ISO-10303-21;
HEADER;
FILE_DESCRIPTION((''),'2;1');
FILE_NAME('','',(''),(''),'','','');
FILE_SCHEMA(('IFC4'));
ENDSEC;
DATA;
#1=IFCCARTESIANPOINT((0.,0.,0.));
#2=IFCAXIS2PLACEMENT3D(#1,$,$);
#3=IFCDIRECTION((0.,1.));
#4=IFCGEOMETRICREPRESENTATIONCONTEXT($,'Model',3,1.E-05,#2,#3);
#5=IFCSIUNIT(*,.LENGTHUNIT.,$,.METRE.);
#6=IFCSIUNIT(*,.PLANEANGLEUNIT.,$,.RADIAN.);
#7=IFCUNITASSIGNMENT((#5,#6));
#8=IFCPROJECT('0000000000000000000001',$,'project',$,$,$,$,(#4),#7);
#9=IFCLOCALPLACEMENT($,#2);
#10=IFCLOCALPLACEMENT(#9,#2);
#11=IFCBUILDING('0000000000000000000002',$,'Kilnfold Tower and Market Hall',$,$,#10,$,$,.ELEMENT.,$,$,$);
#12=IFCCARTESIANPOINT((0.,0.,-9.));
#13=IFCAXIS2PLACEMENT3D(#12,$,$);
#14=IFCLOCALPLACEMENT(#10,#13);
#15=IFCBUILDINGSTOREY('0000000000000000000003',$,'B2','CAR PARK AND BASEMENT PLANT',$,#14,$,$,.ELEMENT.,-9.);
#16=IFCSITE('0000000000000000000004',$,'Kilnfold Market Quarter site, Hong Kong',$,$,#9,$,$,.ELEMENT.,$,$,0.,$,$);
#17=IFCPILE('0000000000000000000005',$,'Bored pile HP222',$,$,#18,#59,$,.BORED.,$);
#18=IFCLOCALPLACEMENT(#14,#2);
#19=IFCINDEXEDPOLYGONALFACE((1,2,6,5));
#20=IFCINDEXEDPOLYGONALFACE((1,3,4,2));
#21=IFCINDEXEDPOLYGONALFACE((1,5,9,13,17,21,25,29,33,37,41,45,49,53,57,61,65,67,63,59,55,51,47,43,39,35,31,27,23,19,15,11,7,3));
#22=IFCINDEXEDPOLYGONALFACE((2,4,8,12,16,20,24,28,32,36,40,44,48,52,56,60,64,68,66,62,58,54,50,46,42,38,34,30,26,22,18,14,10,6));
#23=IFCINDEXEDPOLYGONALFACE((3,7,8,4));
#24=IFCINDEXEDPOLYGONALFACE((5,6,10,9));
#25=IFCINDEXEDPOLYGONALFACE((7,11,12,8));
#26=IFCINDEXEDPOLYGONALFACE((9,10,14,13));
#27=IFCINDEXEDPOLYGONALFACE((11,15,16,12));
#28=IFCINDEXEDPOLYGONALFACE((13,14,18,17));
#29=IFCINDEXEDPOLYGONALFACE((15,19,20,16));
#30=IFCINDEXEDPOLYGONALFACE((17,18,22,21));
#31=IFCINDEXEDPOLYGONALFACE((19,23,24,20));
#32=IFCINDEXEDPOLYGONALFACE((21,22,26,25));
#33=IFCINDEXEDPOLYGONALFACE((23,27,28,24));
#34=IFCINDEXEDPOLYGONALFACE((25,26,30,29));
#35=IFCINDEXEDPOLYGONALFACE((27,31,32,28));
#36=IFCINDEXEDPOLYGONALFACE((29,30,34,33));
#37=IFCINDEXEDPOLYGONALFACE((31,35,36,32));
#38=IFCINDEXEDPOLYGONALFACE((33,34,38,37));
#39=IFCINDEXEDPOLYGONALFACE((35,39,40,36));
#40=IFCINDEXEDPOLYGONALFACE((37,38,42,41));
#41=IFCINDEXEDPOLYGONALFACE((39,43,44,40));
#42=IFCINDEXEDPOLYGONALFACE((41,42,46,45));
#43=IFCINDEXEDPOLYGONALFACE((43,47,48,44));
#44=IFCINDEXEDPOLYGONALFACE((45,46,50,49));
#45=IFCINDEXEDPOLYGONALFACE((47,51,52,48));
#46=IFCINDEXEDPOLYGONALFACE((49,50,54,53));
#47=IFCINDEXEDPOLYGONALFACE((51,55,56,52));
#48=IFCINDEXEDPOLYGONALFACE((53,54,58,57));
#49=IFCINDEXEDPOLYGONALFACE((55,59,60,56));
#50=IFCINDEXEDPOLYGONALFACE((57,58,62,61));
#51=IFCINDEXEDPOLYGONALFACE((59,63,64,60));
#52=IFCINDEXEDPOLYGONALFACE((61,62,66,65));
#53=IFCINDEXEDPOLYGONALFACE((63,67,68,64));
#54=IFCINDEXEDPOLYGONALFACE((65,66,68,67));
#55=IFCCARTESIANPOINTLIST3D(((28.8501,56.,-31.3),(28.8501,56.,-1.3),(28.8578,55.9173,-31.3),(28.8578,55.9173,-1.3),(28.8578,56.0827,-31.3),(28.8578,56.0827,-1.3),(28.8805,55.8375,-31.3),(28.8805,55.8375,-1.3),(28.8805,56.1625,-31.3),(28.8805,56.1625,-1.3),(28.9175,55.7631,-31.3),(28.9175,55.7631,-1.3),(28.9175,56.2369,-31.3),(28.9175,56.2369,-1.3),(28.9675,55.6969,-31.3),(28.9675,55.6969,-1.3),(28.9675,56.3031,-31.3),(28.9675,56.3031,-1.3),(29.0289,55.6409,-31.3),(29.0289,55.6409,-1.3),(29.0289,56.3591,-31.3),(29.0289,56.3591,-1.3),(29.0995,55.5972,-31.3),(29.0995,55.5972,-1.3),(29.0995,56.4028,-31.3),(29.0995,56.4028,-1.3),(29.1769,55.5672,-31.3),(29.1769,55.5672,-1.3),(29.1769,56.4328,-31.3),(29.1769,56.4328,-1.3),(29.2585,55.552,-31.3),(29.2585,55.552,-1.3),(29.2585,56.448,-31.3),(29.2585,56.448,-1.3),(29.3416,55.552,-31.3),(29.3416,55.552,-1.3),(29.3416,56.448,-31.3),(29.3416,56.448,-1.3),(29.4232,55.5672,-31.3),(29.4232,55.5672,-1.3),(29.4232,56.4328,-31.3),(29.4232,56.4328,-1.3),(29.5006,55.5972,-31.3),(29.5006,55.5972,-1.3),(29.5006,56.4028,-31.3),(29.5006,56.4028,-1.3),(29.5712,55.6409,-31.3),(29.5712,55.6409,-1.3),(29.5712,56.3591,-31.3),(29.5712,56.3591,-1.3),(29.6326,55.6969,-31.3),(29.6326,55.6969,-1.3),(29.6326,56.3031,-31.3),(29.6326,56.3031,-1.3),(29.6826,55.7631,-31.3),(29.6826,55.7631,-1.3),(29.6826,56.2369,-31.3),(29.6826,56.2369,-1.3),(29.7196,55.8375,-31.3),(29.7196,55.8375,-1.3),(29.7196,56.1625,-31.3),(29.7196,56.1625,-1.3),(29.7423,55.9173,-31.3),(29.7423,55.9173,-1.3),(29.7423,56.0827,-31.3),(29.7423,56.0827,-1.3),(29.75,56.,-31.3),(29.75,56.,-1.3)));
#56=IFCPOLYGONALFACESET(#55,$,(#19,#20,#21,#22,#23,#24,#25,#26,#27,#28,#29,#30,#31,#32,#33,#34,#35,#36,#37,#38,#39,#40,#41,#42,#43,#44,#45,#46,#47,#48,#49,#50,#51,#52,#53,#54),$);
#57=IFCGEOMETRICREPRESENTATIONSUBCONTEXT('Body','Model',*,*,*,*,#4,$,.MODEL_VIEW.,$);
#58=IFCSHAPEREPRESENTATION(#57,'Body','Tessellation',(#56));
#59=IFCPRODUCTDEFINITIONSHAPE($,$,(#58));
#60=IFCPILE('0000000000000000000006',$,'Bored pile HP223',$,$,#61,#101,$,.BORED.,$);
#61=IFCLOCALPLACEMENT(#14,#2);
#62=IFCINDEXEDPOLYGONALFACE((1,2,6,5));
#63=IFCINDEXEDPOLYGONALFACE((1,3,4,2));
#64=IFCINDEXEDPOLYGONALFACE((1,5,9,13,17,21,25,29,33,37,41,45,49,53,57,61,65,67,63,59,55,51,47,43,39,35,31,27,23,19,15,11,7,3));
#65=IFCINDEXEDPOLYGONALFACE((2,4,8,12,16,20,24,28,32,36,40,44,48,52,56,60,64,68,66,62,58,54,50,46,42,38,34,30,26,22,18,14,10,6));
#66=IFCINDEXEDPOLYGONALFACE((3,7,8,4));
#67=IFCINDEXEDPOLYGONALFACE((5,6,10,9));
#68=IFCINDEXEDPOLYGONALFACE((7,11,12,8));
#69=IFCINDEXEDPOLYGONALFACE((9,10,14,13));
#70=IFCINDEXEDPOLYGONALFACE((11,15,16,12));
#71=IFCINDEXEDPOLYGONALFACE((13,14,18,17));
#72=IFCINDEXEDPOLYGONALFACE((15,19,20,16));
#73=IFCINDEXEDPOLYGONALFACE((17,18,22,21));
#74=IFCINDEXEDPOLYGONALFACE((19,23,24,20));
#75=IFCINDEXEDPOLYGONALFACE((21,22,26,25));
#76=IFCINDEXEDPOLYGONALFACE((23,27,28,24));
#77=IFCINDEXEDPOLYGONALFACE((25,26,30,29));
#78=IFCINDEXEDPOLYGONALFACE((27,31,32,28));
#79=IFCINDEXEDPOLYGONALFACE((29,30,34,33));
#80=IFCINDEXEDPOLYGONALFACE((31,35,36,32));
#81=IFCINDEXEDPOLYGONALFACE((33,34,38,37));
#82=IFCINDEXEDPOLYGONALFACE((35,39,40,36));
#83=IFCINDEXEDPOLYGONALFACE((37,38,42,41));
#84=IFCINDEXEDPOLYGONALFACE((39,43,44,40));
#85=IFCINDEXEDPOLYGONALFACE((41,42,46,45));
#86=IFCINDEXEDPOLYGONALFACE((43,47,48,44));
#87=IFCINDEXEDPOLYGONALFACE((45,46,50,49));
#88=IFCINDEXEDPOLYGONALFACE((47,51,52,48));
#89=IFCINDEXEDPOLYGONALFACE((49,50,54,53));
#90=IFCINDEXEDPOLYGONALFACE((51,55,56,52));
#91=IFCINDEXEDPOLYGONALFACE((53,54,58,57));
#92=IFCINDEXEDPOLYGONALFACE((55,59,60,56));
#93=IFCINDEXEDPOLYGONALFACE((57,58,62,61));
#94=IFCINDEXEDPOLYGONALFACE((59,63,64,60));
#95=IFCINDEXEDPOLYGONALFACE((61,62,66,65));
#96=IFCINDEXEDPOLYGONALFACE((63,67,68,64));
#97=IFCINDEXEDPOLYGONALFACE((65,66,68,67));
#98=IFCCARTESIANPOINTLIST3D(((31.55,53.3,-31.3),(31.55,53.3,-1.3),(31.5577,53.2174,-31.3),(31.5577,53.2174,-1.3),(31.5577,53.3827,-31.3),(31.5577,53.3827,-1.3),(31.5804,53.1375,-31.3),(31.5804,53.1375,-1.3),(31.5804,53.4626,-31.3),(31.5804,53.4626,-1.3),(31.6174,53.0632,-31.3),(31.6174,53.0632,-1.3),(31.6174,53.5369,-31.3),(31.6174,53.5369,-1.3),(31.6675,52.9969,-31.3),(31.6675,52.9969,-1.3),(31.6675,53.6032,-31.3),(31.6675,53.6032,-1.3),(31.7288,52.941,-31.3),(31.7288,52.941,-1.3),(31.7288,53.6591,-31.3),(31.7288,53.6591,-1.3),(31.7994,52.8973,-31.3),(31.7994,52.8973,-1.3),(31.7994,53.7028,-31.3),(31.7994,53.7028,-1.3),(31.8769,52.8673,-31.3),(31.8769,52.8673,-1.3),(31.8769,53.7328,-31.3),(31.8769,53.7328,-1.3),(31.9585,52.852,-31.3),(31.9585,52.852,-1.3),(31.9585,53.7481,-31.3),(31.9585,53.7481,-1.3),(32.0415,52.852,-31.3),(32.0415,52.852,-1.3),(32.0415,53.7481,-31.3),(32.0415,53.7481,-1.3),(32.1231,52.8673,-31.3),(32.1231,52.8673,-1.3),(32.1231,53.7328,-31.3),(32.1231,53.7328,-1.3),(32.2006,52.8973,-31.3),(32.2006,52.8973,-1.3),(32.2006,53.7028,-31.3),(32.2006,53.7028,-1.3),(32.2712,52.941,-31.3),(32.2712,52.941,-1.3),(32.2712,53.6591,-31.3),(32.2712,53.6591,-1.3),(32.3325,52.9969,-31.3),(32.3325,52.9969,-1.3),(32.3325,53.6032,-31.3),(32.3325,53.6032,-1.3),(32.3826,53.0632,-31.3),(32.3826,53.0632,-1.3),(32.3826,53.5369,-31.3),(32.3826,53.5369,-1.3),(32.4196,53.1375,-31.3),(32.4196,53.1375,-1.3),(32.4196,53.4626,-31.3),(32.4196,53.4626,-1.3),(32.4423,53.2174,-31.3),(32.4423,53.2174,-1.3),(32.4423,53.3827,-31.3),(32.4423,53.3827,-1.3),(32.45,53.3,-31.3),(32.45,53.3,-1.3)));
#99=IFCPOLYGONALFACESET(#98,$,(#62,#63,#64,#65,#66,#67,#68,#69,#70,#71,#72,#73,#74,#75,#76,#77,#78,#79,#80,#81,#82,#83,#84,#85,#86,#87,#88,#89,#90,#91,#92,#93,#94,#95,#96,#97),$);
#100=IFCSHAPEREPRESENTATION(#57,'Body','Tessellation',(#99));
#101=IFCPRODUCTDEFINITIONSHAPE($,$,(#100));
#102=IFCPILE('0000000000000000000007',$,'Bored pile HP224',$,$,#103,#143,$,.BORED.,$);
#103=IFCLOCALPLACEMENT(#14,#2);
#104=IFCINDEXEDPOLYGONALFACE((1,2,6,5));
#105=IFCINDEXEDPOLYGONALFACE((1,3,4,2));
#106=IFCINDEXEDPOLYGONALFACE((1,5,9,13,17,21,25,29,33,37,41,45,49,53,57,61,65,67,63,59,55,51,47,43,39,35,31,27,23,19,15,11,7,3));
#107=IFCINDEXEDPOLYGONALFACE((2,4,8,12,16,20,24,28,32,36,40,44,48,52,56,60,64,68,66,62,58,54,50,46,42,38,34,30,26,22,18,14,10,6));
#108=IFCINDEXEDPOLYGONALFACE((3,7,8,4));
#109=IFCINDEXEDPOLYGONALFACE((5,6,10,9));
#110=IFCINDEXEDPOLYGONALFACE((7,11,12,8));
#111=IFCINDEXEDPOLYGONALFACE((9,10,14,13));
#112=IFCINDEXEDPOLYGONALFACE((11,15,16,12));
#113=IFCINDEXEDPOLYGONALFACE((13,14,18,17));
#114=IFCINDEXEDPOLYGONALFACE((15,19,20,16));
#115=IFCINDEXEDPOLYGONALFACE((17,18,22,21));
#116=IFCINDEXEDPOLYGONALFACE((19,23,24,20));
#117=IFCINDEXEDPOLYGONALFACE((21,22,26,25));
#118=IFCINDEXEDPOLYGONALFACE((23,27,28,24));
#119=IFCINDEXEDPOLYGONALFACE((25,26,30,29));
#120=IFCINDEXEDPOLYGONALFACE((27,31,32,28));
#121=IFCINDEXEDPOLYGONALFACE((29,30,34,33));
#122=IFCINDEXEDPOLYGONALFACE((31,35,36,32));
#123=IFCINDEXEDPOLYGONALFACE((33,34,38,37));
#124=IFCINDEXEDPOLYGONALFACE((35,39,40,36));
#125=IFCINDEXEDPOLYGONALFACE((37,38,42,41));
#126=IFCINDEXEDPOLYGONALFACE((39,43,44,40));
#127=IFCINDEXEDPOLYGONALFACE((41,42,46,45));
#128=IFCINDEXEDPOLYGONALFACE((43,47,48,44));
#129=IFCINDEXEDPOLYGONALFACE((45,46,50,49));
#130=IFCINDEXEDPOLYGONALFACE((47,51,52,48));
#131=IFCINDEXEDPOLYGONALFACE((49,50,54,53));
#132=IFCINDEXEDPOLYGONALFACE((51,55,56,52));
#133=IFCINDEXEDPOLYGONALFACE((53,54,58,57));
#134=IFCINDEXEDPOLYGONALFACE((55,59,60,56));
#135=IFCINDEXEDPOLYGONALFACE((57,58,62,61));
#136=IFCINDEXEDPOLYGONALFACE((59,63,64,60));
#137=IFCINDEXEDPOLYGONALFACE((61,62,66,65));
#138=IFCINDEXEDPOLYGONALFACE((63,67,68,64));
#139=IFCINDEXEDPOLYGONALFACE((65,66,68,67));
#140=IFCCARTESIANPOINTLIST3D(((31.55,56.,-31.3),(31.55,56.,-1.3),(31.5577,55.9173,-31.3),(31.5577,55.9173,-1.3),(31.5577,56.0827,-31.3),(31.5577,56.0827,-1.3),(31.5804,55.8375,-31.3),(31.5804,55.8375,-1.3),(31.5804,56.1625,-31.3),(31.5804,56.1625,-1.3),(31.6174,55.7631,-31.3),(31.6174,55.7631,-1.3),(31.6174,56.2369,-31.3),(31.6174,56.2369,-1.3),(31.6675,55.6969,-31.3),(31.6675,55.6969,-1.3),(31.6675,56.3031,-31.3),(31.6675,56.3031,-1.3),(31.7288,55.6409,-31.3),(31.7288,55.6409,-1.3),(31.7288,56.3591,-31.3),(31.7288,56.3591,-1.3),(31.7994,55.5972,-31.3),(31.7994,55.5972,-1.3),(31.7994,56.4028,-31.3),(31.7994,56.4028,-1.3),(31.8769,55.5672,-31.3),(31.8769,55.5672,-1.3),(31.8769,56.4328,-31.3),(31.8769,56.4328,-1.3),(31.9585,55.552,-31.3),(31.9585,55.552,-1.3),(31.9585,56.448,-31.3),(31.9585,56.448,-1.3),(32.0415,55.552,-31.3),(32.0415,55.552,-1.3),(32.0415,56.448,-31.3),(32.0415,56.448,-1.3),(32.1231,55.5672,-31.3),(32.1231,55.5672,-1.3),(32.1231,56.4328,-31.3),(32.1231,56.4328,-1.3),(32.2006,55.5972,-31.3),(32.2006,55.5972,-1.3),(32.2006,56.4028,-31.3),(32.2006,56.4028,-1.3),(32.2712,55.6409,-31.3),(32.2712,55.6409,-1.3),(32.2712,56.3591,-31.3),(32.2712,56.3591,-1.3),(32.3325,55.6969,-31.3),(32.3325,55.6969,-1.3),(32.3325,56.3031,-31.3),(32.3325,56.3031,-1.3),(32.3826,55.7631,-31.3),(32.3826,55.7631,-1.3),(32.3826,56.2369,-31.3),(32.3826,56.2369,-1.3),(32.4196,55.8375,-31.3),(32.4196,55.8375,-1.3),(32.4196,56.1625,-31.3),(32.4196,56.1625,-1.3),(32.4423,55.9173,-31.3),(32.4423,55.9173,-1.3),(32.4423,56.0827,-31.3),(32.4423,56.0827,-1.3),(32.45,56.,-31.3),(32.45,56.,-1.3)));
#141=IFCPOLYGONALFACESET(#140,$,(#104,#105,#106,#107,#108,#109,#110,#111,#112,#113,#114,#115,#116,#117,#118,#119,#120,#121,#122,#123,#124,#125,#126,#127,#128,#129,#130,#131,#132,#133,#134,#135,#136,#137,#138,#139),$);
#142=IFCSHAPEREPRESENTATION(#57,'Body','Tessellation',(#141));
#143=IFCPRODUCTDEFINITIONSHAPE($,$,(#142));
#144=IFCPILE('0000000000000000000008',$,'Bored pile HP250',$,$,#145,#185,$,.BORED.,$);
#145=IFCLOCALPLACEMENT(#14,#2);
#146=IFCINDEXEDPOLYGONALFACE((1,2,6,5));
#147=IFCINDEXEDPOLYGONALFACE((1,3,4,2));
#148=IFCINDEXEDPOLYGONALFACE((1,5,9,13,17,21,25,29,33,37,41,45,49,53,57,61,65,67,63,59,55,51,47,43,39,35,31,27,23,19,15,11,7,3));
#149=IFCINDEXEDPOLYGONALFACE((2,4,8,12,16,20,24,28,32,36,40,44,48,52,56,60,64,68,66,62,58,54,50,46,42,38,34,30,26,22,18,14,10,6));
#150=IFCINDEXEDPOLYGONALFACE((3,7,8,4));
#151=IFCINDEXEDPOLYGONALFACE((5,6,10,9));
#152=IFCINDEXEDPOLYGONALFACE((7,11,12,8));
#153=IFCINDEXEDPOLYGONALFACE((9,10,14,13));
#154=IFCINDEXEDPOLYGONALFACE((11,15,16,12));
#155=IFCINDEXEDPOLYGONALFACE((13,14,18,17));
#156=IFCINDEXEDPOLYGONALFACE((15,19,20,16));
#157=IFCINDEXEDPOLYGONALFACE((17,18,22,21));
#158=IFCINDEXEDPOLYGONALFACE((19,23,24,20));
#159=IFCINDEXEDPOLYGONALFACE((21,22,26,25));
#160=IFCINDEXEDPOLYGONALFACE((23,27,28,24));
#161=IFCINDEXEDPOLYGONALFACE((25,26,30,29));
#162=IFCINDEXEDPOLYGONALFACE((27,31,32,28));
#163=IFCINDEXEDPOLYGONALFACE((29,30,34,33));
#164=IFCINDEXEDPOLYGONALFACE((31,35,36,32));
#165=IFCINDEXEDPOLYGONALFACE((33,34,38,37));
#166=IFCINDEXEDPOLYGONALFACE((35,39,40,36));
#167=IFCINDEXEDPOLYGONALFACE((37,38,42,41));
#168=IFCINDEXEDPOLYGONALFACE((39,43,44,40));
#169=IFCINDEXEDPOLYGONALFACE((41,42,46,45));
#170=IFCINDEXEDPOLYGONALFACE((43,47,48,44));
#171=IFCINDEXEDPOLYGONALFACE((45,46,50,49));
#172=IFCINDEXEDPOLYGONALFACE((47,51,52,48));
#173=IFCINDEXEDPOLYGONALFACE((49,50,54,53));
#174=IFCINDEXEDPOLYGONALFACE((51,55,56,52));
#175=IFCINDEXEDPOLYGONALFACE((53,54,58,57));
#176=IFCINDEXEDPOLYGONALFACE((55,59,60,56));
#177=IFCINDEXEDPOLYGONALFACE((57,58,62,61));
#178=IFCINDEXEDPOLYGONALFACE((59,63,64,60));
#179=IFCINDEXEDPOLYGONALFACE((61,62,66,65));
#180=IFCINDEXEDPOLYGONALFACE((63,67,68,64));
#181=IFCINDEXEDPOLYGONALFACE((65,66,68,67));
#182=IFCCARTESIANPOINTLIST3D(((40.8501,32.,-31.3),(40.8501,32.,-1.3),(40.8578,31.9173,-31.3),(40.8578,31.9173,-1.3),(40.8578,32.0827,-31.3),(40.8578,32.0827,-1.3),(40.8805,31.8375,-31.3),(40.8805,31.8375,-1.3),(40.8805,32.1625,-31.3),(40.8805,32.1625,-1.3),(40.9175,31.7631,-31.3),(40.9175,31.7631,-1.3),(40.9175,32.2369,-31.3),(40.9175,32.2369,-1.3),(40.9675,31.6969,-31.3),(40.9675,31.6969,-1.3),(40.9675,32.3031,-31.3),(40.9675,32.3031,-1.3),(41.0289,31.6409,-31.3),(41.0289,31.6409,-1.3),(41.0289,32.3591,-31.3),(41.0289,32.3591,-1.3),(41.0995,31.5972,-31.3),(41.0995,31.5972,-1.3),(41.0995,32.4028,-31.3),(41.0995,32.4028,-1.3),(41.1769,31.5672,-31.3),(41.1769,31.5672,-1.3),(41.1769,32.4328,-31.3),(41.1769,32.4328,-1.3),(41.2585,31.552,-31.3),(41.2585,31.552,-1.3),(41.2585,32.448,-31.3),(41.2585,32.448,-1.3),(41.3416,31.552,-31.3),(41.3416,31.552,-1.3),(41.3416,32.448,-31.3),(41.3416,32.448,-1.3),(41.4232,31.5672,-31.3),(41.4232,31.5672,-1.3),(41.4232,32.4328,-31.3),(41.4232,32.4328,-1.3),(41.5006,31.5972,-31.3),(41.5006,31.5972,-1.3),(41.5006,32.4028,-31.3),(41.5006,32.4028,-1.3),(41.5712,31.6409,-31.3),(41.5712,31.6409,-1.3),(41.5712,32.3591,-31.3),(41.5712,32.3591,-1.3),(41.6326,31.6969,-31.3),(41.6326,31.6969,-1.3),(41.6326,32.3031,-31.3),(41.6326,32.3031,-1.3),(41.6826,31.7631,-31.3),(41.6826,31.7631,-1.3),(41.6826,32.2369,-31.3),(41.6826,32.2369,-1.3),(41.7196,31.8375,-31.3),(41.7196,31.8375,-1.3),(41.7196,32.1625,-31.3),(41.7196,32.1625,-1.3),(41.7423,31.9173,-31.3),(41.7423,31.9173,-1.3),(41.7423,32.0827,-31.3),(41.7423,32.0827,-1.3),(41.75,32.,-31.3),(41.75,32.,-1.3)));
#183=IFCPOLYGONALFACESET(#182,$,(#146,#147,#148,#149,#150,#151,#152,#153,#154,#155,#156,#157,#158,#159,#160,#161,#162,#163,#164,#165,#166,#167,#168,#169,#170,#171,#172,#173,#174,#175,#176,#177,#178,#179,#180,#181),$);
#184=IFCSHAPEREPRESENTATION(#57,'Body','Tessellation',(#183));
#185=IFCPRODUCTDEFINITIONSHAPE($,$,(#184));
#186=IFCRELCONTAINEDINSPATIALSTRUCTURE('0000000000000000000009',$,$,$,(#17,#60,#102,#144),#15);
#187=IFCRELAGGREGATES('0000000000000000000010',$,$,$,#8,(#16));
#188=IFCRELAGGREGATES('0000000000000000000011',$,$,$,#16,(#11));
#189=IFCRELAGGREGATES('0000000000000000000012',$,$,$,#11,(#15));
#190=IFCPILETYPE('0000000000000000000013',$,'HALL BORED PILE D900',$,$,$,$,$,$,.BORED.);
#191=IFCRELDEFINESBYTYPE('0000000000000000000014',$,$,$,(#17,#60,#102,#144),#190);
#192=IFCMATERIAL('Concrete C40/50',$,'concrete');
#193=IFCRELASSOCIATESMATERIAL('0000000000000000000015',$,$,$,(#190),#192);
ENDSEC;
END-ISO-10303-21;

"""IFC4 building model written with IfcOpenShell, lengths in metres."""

from ifc_helpers import new_model, si_unit, direction, frame, origin, origin_2d, place, context, subcontext, project, spatial, circle, extrude, source, transform, mapped, material, material_profile, profile_set, type_object, element, save


model = new_model("IFC4")

# Units and contexts
model_context = context("Model", 3, precision=1e-05, world=origin(), true_north=direction((0.0, 1.0)))
body_context = subcontext(model_context, "Body", "Model", "MODEL_VIEW")
ifc_project = project(units=[si_unit("LENGTHUNIT", "METRE"), si_unit("PLANEANGLEUNIT", "RADIAN")], contexts=[model_context])

# Site, building, storey
site_placement = place(None, origin())
site = spatial("IfcSite", under=ifc_project, at=site_placement, Name="Kilnfold Market Quarter site, Hong Kong", CompositionType="ELEMENT", RefElevation=0.0)
building_placement = place(site_placement, origin())
building = spatial("IfcBuilding", under=site, at=building_placement, Name="Kilnfold Tower and Market Hall", CompositionType="ELEMENT")
storey_placement = place(building_placement, frame((0.0, 0.0, -9.0)))
storey = spatial("IfcBuildingStorey", under=building, at=storey_placement, Name="B2", Description="CAR PARK AND BASEMENT PLANT", CompositionType="ELEMENT", Elevation=-9.0)

# Piles
ifc_material_1 = material(Name="Concrete C40/50", Category="concrete")
ifc_material_profile_1 = material_profile(ifc_material_1, circle(Radius=0.45, at=origin_2d()), Name="D900")
ifc_profile_set_1 = profile_set([ifc_material_profile_1], Name="Concrete C40/50")
pile_type = type_object("IfcPileType", Name="HALL BORED PILE D900", PredefinedType="BORED", material=ifc_profile_set_1)
shared_shape_1 = source(origin(), body_context, "Body", "SweptSolid", [
    extrude(circle(Radius=0.45, at=origin_2d()), origin(), (0.0, 0.0, 1.0), 30.0),
])
for number, where, z_axis, x_axis, name in (
    (1, (29.3, 56.0, -1.3), (0.0, 0.0, -1.0), (1.0, 0.0, 0.0), "Bored pile HP222"),
    (2, (32.0, 53.3, -1.3), (0.0, 0.0, -1.0), (1.0, 0.0, 0.0), "Bored pile HP223"),
    (3, (32.0, 56.0, -1.3), (0.0, 0.0, -1.0), (1.0, 0.0, 0.0), "Bored pile HP224"),
    (4, (41.3, 32.0, -1.3), (0.0, 0.0, -1.0), (1.0, 0.0, 0.0), "Bored pile HP250"),
):
    element("IfcPile", number, at=place(storey_placement, frame(where, z_axis=z_axis, x_axis=x_axis)), inside=storey, type_object=pile_type, Name=name, PredefinedType="BORED", context=body_context, shape_type="MappedRepresentation", body=[
        mapped(shared_shape_1, transform((0.0, 0.0, 0.0))),
    ])

save(model, "model.ifc")
